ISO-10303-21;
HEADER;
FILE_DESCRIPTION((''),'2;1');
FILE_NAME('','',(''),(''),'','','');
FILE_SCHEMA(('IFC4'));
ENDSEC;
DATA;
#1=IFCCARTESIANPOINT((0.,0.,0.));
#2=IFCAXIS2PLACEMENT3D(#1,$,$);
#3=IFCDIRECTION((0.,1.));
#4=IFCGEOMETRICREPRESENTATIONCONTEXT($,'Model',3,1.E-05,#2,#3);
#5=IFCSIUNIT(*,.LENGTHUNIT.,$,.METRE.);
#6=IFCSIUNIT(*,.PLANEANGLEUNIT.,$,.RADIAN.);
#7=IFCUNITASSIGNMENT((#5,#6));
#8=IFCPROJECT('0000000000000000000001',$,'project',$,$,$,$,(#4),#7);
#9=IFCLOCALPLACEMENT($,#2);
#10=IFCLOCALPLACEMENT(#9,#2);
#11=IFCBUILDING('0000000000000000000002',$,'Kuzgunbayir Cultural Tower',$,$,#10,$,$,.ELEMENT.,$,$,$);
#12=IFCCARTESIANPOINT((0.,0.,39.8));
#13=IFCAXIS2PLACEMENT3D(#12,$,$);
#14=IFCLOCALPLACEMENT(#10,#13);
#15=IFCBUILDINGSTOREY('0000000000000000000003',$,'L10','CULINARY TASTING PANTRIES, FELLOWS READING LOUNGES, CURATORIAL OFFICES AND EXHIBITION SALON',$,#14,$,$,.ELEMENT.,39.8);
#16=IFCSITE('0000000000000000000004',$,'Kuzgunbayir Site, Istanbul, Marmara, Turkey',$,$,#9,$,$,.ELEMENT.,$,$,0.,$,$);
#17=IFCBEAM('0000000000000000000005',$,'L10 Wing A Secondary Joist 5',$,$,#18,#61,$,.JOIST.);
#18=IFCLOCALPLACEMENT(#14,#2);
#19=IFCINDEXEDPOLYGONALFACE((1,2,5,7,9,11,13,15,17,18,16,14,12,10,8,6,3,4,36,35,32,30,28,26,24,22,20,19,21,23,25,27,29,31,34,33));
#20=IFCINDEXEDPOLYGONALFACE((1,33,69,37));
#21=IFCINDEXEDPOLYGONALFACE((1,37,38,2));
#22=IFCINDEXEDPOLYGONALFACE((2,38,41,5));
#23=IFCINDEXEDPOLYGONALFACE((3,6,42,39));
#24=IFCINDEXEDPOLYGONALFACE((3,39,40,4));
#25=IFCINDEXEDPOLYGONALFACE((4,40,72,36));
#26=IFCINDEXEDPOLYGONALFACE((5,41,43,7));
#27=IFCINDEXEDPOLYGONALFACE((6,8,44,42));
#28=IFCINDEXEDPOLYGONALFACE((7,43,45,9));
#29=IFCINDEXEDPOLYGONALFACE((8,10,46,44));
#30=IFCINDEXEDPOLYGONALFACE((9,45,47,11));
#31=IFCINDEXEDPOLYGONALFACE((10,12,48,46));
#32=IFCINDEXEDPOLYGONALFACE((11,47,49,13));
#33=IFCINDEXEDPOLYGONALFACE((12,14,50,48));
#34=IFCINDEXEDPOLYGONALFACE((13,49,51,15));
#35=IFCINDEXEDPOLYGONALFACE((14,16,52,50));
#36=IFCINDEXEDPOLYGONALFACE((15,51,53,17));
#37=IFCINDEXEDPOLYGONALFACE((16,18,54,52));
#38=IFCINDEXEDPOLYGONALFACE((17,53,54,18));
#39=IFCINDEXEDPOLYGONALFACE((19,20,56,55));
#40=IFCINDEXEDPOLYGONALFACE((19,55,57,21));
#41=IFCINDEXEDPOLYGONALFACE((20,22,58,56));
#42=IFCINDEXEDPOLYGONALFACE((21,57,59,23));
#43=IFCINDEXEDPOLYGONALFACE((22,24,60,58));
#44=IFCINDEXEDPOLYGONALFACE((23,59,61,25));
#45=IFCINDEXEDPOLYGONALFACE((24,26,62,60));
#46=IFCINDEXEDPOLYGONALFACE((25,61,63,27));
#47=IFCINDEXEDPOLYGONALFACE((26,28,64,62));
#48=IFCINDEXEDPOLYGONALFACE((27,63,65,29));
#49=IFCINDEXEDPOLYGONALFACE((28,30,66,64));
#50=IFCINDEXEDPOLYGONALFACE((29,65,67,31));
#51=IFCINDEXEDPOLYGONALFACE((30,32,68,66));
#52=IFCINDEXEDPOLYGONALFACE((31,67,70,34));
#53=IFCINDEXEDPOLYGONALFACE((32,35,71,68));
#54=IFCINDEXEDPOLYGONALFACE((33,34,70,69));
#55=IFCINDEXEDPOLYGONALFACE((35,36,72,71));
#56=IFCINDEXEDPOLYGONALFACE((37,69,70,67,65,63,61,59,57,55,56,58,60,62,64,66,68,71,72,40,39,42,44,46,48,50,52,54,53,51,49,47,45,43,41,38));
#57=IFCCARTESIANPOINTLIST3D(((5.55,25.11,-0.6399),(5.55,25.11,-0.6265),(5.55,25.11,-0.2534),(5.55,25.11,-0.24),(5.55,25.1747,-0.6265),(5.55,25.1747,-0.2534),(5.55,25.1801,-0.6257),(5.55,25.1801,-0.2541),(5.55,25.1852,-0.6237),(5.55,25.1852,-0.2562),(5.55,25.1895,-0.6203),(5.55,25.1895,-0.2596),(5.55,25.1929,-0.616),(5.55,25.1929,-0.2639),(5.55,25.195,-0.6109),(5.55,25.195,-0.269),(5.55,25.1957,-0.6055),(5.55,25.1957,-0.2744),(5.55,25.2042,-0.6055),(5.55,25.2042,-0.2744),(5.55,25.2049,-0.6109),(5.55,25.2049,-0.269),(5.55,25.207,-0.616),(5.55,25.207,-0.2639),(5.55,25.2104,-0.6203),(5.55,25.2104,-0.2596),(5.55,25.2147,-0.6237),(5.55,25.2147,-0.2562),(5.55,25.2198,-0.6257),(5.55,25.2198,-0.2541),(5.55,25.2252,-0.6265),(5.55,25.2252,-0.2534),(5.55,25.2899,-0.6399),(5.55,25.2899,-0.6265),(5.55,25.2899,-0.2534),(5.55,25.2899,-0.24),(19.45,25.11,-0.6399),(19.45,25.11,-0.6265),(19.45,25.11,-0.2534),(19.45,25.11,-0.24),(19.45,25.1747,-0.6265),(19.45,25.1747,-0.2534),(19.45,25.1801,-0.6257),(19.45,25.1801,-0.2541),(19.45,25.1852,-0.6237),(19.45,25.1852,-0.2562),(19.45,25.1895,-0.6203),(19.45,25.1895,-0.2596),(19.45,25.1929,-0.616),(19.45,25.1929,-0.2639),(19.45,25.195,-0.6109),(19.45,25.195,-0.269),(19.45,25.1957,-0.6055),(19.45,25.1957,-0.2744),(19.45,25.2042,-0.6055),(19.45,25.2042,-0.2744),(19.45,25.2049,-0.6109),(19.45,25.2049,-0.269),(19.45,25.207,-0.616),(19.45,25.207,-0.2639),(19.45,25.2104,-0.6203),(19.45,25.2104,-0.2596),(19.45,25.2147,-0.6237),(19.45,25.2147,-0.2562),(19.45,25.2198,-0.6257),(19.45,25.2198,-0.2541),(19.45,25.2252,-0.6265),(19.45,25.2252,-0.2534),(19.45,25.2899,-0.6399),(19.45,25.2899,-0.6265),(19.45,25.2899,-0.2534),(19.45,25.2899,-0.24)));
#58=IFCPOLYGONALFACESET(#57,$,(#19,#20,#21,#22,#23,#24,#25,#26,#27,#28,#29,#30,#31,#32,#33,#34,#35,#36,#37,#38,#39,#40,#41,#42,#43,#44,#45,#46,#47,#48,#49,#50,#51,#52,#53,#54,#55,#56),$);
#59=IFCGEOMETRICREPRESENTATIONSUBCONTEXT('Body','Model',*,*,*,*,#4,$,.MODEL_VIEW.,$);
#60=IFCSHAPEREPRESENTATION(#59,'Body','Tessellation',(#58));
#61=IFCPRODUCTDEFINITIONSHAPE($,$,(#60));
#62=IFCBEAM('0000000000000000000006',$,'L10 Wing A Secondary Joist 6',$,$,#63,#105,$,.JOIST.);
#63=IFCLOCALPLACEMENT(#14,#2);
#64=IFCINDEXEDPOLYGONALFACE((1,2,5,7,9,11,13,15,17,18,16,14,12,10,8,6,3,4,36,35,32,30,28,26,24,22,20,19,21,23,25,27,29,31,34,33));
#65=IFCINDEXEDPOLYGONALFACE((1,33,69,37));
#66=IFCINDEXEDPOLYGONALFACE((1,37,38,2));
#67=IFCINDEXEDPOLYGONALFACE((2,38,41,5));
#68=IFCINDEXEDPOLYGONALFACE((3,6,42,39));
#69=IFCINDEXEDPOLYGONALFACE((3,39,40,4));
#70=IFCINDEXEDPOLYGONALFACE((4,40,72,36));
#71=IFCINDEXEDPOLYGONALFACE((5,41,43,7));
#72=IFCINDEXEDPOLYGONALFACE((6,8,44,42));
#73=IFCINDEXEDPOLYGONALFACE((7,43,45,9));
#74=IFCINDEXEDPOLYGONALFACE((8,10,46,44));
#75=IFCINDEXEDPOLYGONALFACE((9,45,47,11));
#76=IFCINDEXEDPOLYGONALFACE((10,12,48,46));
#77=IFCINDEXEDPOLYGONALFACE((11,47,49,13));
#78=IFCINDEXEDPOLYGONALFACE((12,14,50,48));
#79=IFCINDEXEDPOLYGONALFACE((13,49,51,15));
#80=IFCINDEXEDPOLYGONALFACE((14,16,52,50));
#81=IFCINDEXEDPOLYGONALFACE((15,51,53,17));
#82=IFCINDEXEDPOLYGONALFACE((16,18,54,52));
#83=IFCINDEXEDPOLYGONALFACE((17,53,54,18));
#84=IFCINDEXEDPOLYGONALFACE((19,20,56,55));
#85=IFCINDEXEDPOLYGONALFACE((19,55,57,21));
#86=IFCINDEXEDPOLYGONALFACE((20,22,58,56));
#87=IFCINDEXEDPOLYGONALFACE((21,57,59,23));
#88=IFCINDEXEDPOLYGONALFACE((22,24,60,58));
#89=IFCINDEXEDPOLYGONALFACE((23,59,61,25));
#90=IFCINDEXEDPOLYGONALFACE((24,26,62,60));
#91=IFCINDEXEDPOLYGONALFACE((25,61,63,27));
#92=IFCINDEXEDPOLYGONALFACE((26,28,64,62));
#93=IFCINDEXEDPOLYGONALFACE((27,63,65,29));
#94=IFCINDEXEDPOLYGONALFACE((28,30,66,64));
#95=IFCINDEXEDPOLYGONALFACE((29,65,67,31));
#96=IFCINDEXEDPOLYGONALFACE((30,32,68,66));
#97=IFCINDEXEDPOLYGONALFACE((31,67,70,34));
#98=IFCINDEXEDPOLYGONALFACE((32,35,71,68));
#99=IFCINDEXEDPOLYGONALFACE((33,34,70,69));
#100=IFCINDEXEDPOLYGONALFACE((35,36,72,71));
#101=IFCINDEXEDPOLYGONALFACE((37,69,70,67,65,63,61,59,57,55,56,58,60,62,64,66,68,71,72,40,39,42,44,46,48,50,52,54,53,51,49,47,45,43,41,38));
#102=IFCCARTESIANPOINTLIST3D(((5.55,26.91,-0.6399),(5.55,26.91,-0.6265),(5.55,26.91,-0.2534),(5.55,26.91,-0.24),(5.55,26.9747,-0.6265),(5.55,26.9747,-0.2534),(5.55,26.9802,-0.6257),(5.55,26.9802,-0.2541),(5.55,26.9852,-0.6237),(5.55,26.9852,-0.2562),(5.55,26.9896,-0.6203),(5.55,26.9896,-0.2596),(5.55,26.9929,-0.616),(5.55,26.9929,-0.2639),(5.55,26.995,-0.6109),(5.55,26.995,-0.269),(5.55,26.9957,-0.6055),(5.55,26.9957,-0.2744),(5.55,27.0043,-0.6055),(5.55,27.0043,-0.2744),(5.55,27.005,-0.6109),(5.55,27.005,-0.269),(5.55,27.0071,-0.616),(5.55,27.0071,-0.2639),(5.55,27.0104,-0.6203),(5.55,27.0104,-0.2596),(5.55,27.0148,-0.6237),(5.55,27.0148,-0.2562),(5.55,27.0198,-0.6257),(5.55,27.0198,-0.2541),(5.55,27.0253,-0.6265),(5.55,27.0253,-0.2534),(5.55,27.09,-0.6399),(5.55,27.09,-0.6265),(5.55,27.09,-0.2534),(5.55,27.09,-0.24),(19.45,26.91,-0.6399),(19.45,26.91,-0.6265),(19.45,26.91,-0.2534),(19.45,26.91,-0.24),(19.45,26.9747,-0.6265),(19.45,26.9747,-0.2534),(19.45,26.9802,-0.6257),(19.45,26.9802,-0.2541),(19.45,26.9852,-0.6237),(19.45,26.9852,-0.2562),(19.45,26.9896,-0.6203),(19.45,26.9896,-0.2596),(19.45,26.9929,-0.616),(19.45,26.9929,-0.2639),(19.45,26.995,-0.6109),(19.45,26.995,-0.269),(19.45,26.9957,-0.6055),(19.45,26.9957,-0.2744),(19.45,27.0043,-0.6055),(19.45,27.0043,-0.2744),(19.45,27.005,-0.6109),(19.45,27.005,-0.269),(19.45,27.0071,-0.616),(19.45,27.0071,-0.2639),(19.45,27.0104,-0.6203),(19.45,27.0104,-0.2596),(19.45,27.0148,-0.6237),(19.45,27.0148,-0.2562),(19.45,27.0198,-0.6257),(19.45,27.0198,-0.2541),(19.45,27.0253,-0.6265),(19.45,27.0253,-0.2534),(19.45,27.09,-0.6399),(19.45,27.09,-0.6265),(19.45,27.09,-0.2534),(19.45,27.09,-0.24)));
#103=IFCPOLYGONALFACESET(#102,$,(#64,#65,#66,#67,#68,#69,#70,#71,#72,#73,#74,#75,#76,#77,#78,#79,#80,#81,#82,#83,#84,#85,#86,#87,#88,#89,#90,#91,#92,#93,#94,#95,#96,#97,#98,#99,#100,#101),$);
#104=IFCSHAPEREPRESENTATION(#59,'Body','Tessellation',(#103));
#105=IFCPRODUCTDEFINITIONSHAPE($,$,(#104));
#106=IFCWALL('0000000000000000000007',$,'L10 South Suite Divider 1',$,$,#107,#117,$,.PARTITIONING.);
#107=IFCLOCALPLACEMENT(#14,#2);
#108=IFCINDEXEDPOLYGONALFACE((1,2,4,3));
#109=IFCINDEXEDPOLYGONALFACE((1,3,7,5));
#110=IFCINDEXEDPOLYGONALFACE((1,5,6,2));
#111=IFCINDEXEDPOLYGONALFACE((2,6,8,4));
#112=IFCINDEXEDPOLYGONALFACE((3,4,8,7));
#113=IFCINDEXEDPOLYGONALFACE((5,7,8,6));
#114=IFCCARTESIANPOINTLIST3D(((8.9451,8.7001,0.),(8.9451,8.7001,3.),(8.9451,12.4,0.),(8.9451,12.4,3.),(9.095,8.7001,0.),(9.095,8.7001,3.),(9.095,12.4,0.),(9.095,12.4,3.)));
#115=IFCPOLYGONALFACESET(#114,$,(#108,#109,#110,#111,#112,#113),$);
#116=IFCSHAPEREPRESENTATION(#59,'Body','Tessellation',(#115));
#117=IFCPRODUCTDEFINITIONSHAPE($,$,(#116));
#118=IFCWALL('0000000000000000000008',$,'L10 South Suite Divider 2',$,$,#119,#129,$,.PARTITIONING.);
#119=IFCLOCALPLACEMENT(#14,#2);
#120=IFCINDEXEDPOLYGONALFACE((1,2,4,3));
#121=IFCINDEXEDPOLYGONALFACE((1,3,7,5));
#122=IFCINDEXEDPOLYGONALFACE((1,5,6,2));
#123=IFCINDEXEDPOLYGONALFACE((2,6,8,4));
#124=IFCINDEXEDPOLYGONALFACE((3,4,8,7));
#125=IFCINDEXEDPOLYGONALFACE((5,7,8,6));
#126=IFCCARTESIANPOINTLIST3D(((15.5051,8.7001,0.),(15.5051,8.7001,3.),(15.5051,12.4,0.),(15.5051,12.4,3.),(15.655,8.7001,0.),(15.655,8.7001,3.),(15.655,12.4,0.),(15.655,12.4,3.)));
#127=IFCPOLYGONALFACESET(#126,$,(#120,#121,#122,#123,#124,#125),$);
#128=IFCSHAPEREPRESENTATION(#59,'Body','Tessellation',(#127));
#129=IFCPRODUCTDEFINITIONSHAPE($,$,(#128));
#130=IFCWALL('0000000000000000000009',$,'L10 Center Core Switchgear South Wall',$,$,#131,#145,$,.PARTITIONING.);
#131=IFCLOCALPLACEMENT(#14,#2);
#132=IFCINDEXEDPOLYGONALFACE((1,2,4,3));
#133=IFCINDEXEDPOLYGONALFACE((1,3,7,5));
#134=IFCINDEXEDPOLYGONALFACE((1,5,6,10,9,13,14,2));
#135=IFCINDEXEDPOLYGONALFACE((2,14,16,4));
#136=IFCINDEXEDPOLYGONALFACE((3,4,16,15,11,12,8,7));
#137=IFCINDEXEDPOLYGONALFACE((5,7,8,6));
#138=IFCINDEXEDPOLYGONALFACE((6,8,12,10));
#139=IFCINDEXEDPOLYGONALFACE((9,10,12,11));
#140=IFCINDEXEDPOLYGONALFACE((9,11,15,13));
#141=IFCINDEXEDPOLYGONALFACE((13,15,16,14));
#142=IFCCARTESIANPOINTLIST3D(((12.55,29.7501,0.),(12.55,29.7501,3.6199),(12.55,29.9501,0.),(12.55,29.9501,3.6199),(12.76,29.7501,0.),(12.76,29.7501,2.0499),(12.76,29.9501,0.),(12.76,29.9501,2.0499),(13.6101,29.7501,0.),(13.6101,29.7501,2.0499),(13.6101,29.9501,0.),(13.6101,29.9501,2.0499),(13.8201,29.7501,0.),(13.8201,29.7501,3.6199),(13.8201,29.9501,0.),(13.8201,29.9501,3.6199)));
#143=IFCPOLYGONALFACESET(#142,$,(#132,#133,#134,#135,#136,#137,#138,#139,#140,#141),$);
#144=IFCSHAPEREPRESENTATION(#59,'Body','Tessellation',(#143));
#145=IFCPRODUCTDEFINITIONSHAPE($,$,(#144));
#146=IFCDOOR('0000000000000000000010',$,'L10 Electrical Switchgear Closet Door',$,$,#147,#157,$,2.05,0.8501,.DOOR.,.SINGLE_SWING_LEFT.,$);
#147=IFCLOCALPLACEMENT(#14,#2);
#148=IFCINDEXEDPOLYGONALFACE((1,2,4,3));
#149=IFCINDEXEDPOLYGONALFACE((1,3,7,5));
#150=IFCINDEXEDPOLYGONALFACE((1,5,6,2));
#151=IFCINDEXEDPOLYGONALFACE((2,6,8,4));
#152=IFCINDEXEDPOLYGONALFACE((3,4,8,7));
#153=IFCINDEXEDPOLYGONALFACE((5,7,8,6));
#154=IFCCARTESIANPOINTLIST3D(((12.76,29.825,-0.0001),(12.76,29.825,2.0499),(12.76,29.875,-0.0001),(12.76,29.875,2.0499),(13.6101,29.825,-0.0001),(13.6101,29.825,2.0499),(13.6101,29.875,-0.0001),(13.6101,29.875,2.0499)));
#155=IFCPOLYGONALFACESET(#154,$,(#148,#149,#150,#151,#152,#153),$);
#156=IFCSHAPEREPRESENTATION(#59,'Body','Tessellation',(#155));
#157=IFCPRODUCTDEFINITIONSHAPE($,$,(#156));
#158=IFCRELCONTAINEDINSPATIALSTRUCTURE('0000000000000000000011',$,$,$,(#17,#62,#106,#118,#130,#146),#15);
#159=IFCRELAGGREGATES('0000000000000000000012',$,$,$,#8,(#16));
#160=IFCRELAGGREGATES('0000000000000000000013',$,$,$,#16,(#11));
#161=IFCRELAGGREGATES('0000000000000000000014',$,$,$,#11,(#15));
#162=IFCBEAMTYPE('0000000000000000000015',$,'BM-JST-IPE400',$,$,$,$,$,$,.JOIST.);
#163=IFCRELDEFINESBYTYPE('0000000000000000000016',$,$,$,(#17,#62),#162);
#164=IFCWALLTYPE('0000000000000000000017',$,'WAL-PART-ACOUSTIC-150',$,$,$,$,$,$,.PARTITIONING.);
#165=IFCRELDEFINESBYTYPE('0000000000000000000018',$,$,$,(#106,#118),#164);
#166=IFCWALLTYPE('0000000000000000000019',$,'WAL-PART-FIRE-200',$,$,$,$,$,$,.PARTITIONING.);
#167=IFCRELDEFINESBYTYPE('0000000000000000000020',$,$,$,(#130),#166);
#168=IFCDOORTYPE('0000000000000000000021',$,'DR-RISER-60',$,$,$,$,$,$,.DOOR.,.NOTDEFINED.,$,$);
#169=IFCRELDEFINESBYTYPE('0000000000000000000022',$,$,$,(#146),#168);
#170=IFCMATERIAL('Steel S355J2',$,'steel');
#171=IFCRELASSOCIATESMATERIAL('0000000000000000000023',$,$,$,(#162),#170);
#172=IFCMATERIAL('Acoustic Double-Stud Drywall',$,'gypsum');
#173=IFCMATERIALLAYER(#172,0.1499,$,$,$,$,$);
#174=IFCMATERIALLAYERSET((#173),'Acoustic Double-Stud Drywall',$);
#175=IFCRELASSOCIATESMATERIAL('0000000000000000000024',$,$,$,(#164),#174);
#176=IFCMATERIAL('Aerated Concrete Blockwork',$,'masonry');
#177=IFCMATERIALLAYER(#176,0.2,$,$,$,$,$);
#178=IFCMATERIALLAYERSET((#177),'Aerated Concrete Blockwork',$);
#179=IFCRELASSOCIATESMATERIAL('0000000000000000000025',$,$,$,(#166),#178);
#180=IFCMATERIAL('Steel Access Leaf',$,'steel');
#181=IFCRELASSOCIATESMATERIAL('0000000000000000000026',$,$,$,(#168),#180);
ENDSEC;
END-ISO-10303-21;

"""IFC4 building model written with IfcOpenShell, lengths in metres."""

from ifc_helpers import new_model, si_unit, direction, frame, frame_2d, origin, origin_2d, place, context, subcontext, project, spatial, rectangle, i_section, extrude, material, layer, layer_set, material_profile, profile_set, type_object, element, fill, save


model = new_model("IFC4")

# Units and contexts
model_context = context("Model", 3, precision=1e-05, world=origin(), true_north=direction((0.0, 1.0)))
body_context = subcontext(model_context, "Body", "Model", "MODEL_VIEW")
ifc_project = project(units=[si_unit("LENGTHUNIT", "METRE"), si_unit("PLANEANGLEUNIT", "RADIAN")], contexts=[model_context])

# Site, building, storey
site_placement = place(None, origin())
site = spatial("IfcSite", under=ifc_project, at=site_placement, Name="Kuzgunbayir Site, Istanbul, Marmara, Turkey", CompositionType="ELEMENT", RefElevation=0.0)
building_placement = place(site_placement, origin())
building = spatial("IfcBuilding", under=site, at=building_placement, Name="Kuzgunbayir Cultural Tower", CompositionType="ELEMENT")
storey_placement = place(building_placement, frame((0.0, 0.0, 39.8)))
storey = spatial("IfcBuildingStorey", under=building, at=storey_placement, Name="L10", Description="CULINARY TASTING PANTRIES, FELLOWS READING LOUNGES, CURATORIAL OFFICES AND EXHIBITION SALON", CompositionType="ELEMENT", Elevation=39.8)

# Beams
ifc_material_1 = material(Name="Steel S355J2", Category="steel")
ifc_material_profile_1 = material_profile(ifc_material_1, i_section(OverallWidth=0.1799, OverallDepth=0.3999, WebThickness=0.0085, FlangeThickness=0.0134, FilletRadius=0.021, at=origin_2d()), Name="IPE 400")
ifc_profile_set_1 = profile_set([ifc_material_profile_1], Name="Steel S355J2")
beam_type_1 = type_object("IfcBeamType", Name="BM-JST-IPE400", PredefinedType="JOIST", material=ifc_profile_set_1)
for number, where, z_axis, x_axis, name in (
    (1, (5.55, 25.2, -0.4399), (1.0, 0.0, 0.0), (0.0, 1.0, 0.0), "L10 Wing A Secondary Joist 5"),
    (2, (5.55, 27.0, -0.4399), (1.0, 0.0, 0.0), (0.0, 1.0, 0.0), "L10 Wing A Secondary Joist 6"),
):
    element("IfcBeam", number, at=place(storey_placement, frame(where, z_axis=z_axis, x_axis=x_axis)), inside=storey, type_object=beam_type_1, Name=name, PredefinedType="JOIST", context=body_context, shape_type="SweptSolid", body=[
        extrude(i_section(OverallWidth=0.1799, OverallDepth=0.3999, WebThickness=0.0085, FlangeThickness=0.0134, FilletRadius=0.021, at=origin_2d()), origin(), (0.0, 0.0, 1.0), 13.8999),
    ])

# Walls
ifc_material_2 = material(Name="Acoustic Double-Stud Drywall", Category="gypsum")
ifc_layer_1 = layer(ifc_material_2, 0.1499)
ifc_layer_set_1 = layer_set([ifc_layer_1], Name="Acoustic Double-Stud Drywall")
wall_type_1 = type_object("IfcWallType", Name="WAL-PART-ACOUSTIC-150", PredefinedType="PARTITIONING", material=ifc_layer_set_1)
for number, where, z_axis, x_axis, name in (
    (3, (9.02, 8.7, 0.0), (0.0, 0.0, 1.0), (0.0, 1.0, 0.0), "L10 South Suite Divider 1"),
    (4, (15.5801, 8.7, 0.0), (0.0, 0.0, 1.0), (0.0, 1.0, 0.0), "L10 South Suite Divider 2"),
):
    element("IfcWall", number, at=place(storey_placement, frame(where, z_axis=z_axis, x_axis=x_axis)), inside=storey, type_object=wall_type_1, Name=name, PredefinedType="PARTITIONING", context=body_context, shape_type="SweptSolid", body=[
        extrude(rectangle(XDim=3.7, YDim=0.1499, at=frame_2d((1.8501, 0.0))), origin(), (0.0, 0.0, 1.0), 3.0),
    ])

# Wall, opening, door
ifc_material_3 = material(Name="Aerated Concrete Blockwork", Category="masonry")
ifc_layer_2 = layer(ifc_material_3, 0.2)
ifc_layer_set_2 = layer_set([ifc_layer_2], Name="Aerated Concrete Blockwork")
wall_type_2 = type_object("IfcWallType", Name="WAL-PART-FIRE-200", PredefinedType="PARTITIONING", material=ifc_layer_set_2)
wall_1_placement = place(storey_placement, frame((12.55, 29.8501, 0.0), z_axis=(0.0, 0.0, 1.0), x_axis=(1.0, 0.0, 0.0)))
wall_1 = element("IfcWall", 5, at=wall_1_placement, inside=storey, type_object=wall_type_2, Name="L10 Center Core Switchgear South Wall", PredefinedType="PARTITIONING", context=body_context, shape_type="SweptSolid", body=[
    extrude(rectangle(XDim=1.27, YDim=0.2, at=frame_2d((0.635, 0.0))), origin(), (0.0, 0.0, 1.0), 3.6199),
])
opening_1_placement = place(wall_1_placement, frame((0.21, 0.0, 0.0)))
opening_1 = element("IfcOpeningElement", 6, at=opening_1_placement, cuts=wall_1, PredefinedType="OPENING", context=body_context, shape_type="SweptSolid", body=[
    extrude(rectangle(XDim=0.8501, YDim=2.05, at=frame_2d((0.425, 1.0249))), frame((0.0, 0.1099, 0.0), z_axis=(0.0, -1.0, 0.0), x_axis=(1.0, 0.0, 0.0)), (0.0, 0.0, 1.0), 0.22),
])
ifc_material_4 = material(Name="Steel Access Leaf", Category="steel")
door_type_1 = type_object("IfcDoorType", Name="DR-RISER-60", OperationType="NOTDEFINED", PredefinedType="DOOR", material=ifc_material_4)
door_1_placement = place(opening_1_placement, origin())
door_1 = element("IfcDoor", 7, at=door_1_placement, inside=storey, type_object=door_type_1, Name="L10 Electrical Switchgear Closet Door", OperationType="SINGLE_SWING_LEFT", OverallHeight=2.05, OverallWidth=0.8501, PredefinedType="DOOR", context=body_context, shape_type="SweptSolid", body=[
    extrude(rectangle(XDim=0.8501, YDim=2.05, at=frame_2d((0.425, 1.0249))), frame((0.0, 0.0249, 0.0), z_axis=(0.0, -1.0, 0.0), x_axis=(1.0, 0.0, 0.0)), (0.0, 0.0, 1.0), 0.05),
])
fill(opening_1, door_1)

save(model, "model.ifc")
